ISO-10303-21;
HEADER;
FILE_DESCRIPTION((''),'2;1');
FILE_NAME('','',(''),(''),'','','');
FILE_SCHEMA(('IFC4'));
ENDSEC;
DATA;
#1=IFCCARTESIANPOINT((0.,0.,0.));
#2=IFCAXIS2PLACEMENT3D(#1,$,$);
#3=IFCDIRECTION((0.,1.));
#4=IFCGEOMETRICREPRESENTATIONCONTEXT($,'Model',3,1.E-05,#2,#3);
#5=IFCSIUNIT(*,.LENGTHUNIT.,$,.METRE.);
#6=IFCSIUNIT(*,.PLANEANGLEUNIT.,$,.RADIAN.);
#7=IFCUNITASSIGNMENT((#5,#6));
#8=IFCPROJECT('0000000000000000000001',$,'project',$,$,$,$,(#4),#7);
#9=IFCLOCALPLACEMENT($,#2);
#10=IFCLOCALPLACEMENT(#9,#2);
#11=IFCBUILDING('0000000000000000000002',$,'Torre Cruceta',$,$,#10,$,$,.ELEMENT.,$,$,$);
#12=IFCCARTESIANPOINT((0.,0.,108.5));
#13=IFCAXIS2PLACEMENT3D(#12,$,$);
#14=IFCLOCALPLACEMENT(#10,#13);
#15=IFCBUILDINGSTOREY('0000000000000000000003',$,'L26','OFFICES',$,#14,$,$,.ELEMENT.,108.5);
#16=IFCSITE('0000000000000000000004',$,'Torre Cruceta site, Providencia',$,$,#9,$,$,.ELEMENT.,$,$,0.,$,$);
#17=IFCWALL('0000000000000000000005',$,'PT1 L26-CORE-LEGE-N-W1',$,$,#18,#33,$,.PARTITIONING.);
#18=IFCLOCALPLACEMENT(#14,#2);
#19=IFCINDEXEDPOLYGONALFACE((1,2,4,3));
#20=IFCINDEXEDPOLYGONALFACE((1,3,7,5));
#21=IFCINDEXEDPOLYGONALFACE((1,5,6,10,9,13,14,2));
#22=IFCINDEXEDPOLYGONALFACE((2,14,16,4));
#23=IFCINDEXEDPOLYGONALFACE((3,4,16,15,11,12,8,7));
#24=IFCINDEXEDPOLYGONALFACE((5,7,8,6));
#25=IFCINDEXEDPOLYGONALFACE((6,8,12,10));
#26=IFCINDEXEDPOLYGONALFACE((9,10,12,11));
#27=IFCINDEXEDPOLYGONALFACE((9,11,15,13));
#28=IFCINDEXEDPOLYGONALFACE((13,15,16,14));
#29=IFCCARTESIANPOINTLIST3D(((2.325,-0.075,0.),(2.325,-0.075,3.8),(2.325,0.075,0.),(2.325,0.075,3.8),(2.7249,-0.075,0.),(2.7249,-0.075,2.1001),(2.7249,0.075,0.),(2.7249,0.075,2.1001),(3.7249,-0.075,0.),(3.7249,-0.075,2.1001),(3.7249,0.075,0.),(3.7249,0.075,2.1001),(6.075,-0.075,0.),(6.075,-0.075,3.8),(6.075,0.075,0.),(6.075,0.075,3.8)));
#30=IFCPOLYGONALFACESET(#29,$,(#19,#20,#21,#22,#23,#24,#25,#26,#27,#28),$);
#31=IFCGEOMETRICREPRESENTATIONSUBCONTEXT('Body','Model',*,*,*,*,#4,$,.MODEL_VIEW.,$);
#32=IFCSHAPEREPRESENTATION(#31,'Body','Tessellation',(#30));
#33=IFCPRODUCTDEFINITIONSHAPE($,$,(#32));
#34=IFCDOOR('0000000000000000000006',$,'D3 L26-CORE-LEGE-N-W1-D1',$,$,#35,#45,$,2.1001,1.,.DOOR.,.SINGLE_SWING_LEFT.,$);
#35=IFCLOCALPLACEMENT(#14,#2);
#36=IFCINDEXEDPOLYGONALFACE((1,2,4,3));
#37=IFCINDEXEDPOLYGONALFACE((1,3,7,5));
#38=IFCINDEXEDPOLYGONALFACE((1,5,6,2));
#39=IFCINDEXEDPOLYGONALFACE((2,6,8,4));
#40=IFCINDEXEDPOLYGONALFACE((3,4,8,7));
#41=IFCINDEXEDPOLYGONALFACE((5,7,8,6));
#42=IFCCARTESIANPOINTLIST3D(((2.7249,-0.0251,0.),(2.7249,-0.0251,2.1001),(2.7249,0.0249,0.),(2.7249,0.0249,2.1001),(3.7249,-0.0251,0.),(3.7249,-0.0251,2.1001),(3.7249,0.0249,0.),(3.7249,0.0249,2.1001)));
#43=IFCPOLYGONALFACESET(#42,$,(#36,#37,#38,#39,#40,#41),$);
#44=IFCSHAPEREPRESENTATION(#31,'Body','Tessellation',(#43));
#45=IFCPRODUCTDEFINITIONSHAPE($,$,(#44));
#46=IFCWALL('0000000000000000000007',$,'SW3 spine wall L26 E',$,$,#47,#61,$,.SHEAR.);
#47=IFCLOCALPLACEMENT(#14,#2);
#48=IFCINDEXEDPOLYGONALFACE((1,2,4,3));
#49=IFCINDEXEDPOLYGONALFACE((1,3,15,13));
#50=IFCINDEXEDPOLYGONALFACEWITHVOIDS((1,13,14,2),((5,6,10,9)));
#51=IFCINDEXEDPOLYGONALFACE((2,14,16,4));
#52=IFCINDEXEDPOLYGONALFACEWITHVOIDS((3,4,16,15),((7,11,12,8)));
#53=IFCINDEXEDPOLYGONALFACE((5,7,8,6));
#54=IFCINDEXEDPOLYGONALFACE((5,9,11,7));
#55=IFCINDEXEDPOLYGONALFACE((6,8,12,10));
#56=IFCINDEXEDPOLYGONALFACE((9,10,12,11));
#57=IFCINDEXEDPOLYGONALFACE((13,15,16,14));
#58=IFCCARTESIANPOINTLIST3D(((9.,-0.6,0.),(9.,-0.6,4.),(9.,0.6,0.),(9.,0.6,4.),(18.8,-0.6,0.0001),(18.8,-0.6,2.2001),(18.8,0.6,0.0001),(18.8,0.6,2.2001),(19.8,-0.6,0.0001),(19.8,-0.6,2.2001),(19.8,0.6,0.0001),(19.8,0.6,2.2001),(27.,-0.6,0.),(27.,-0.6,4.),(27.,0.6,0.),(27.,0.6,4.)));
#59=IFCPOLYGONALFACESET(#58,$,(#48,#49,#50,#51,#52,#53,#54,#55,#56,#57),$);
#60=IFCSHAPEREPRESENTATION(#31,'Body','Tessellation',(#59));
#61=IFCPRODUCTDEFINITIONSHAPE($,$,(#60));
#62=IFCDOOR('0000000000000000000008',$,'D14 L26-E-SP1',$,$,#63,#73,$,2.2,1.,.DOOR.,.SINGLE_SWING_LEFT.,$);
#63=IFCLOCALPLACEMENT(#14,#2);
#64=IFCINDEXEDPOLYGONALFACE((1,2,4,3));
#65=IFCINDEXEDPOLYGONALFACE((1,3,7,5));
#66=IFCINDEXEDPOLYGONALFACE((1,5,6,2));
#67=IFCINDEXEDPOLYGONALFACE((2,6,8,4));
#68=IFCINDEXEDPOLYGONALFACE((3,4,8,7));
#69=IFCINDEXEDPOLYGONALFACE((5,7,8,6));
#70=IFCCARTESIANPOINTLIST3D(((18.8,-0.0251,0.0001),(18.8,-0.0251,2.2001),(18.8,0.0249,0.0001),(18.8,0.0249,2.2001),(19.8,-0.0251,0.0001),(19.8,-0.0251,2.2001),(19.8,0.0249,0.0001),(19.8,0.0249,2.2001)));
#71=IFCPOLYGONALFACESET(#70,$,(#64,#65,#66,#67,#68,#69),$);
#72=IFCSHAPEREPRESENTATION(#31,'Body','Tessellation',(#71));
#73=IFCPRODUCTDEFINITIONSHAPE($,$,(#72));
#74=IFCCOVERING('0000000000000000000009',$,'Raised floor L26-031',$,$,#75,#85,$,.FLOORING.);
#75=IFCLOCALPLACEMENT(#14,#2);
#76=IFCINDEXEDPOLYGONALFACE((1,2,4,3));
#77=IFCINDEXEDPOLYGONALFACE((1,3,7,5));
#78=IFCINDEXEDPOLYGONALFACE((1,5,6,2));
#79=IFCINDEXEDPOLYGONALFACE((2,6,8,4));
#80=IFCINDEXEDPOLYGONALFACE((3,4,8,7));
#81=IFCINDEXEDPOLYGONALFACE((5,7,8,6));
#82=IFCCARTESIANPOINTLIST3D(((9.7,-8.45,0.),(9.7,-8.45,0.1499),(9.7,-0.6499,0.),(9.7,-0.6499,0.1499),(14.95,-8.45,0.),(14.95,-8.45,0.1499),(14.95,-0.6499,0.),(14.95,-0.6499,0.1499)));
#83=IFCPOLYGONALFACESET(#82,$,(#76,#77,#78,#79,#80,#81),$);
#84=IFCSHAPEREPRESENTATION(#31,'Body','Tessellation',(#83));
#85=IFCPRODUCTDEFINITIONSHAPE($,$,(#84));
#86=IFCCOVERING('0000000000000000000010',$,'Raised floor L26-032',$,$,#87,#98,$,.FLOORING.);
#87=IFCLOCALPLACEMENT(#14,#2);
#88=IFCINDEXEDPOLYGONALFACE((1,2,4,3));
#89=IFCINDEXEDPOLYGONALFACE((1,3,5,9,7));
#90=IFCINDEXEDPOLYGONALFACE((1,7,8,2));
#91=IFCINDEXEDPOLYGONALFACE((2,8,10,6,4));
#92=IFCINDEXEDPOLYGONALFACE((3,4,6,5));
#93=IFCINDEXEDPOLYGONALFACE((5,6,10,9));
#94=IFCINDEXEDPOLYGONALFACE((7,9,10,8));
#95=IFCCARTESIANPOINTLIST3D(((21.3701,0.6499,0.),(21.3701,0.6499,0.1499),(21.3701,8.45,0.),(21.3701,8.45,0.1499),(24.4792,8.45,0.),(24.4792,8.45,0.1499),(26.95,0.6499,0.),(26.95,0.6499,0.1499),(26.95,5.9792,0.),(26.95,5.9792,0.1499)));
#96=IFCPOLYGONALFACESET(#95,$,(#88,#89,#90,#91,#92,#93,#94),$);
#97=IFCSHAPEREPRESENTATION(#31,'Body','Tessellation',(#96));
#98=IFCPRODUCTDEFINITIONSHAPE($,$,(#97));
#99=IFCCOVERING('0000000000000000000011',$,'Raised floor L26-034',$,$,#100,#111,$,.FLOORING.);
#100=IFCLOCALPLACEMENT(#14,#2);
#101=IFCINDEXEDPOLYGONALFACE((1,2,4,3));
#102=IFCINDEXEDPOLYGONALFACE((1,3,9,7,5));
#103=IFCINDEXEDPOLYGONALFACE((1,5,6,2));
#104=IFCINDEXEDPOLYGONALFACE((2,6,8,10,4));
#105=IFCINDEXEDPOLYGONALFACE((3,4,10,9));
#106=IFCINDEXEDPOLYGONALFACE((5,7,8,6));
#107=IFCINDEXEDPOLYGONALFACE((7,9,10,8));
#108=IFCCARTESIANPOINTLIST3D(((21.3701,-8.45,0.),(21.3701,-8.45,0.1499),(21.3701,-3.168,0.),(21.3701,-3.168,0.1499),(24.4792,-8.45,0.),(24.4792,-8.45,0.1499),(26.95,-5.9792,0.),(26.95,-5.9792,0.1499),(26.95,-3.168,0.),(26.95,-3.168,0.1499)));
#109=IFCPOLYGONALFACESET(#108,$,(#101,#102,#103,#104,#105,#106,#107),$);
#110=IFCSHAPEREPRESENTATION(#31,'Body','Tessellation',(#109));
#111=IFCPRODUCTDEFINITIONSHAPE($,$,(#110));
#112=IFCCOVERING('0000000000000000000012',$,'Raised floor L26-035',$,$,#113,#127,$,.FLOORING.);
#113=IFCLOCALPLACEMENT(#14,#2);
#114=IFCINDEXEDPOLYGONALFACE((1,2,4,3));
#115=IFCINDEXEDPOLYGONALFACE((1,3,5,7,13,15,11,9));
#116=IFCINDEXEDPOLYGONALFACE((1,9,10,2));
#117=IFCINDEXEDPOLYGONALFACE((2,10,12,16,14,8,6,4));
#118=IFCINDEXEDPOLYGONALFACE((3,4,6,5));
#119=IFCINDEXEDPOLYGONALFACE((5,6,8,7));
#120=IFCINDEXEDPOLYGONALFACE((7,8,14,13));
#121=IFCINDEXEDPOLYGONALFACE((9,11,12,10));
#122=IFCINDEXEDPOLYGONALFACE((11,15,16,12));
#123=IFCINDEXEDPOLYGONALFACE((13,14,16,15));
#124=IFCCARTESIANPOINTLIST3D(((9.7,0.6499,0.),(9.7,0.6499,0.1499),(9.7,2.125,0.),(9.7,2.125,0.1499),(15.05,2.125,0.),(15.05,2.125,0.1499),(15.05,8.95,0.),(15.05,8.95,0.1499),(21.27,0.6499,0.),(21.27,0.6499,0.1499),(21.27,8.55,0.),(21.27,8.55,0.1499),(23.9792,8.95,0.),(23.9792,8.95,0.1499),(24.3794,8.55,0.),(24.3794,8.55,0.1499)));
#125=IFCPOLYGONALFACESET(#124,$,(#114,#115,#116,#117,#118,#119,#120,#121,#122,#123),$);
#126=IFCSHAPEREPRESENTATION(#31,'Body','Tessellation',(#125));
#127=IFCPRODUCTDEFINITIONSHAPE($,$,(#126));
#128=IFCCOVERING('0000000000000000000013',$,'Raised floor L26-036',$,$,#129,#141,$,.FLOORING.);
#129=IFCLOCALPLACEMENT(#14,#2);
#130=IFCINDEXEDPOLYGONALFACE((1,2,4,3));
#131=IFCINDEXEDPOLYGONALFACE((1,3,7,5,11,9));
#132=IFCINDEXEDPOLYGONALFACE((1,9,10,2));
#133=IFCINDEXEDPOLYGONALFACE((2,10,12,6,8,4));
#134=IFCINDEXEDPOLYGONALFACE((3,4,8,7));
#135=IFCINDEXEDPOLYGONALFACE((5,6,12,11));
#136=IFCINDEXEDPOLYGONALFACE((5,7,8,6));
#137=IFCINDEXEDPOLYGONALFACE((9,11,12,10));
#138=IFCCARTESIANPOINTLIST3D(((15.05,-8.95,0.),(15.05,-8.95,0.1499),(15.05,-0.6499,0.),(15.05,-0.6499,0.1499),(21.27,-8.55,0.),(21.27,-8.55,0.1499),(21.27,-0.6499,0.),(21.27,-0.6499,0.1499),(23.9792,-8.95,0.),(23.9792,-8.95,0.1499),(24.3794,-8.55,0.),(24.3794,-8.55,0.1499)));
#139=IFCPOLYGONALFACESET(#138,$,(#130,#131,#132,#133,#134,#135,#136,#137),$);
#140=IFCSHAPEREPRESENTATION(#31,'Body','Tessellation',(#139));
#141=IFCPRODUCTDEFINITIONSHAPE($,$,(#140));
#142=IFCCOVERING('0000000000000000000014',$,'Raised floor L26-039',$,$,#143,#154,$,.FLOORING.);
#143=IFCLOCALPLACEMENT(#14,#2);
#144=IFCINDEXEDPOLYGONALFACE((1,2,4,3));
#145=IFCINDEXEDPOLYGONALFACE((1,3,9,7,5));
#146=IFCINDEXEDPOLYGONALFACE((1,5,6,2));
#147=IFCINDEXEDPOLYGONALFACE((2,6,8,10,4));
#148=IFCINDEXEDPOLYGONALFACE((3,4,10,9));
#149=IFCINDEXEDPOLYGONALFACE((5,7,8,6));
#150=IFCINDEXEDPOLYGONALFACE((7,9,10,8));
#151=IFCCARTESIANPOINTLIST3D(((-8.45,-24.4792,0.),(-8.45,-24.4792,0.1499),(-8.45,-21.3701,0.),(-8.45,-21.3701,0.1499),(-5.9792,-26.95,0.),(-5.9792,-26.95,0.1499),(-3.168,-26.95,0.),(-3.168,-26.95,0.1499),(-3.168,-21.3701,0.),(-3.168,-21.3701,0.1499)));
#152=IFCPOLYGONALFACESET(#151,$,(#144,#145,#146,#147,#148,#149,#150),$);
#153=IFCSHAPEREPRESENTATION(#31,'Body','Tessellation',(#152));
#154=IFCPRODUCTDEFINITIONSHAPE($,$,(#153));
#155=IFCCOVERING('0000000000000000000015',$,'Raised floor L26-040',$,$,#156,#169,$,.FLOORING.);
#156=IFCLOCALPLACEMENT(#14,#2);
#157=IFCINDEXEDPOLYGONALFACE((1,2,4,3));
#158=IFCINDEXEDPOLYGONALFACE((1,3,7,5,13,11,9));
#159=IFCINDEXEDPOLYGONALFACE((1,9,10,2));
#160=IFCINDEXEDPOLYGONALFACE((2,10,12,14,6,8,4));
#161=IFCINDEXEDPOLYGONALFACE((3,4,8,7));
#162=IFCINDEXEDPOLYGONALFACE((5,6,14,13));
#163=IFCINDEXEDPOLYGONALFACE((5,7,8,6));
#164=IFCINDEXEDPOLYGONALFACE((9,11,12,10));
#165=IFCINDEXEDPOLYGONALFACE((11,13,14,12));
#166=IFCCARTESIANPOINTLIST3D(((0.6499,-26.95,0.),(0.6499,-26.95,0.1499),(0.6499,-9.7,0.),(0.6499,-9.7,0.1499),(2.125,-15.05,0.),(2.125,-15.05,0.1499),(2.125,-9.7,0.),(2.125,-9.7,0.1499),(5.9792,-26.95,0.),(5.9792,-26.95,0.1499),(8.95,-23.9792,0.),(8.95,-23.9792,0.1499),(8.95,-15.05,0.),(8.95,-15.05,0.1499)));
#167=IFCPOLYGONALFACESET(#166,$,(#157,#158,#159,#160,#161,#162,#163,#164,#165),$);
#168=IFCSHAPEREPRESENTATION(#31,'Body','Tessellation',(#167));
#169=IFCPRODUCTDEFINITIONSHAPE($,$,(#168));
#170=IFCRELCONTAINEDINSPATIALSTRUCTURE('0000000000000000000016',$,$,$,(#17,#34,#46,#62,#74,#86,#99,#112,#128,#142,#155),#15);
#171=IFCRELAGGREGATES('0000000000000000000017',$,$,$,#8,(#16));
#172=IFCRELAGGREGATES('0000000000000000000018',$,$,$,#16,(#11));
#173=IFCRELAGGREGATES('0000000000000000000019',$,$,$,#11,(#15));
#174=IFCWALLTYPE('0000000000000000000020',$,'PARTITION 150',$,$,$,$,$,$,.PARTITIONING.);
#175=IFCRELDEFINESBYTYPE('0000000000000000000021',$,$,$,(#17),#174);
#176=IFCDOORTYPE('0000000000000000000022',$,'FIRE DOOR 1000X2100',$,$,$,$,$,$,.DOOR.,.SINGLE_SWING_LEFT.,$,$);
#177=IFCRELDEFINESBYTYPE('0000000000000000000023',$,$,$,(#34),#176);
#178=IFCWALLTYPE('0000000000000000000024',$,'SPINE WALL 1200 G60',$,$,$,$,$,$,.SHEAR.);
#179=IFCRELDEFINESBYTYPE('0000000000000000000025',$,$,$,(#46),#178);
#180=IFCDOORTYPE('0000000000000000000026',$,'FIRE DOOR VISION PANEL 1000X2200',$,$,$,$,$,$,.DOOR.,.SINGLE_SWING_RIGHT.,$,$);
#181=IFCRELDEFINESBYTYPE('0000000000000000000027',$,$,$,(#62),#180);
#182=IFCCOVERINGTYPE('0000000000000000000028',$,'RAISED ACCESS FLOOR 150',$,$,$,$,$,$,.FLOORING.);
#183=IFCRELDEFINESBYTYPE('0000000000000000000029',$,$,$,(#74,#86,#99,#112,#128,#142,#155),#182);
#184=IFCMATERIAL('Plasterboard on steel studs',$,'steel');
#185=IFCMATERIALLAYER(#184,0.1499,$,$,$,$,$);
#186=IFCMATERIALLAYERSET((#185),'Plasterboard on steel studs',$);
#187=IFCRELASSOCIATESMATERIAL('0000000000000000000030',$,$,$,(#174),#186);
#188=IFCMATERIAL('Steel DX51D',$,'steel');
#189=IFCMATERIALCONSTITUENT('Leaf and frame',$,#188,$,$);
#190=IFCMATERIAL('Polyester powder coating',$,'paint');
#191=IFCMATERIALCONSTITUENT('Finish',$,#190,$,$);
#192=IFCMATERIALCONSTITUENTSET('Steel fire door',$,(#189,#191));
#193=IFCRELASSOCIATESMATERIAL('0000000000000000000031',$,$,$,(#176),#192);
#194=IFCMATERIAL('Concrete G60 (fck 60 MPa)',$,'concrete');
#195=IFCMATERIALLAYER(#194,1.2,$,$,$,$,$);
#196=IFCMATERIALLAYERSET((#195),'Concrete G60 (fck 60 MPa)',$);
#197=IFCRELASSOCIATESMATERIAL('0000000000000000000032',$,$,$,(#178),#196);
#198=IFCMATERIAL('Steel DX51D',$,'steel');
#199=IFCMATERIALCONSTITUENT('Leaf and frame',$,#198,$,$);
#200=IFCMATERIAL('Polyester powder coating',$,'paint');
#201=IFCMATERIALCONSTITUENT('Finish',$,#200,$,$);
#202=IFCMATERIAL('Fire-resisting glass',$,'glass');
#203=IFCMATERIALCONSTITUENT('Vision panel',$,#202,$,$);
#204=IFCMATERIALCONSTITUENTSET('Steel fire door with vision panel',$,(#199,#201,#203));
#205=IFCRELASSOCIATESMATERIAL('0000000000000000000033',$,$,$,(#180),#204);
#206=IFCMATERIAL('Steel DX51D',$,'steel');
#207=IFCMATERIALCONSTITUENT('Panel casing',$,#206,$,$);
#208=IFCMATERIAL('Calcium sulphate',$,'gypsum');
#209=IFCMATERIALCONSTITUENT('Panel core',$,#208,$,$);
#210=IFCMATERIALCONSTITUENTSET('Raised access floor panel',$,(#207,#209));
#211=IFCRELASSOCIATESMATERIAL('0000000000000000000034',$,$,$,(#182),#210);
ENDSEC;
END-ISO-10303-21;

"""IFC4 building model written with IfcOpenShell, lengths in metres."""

from ifc_helpers import new_model, si_unit, direction, frame, frame_2d, origin, place, context, subcontext, project, spatial, polyline, rectangle, outline, extrude, material, layer, layer_set, constituent, constituent_set, type_object, element, fill, save


model = new_model("IFC4")

# Units and contexts
model_context = context("Model", 3, precision=1e-05, world=origin(), true_north=direction((0.0, 1.0)))
body_context = subcontext(model_context, "Body", "Model", "MODEL_VIEW")
ifc_project = project(units=[si_unit("LENGTHUNIT", "METRE"), si_unit("PLANEANGLEUNIT", "RADIAN")], contexts=[model_context])

# Site, building, storey
site_placement = place(None, origin())
site = spatial("IfcSite", under=ifc_project, at=site_placement, Name="Torre Cruceta site, Providencia", CompositionType="ELEMENT", RefElevation=0.0)
building_placement = place(site_placement, origin())
building = spatial("IfcBuilding", under=site, at=building_placement, Name="Torre Cruceta", CompositionType="ELEMENT")
storey_placement = place(building_placement, frame((0.0, 0.0, 108.5)))
storey = spatial("IfcBuildingStorey", under=building, at=storey_placement, Name="L26", Description="OFFICES", CompositionType="ELEMENT", Elevation=108.5)

# Walls, openings, doors
ifc_material_1 = material(Name="Plasterboard on steel studs", Category="steel")
ifc_layer_1 = layer(ifc_material_1, 0.1499)
ifc_layer_set_1 = layer_set([ifc_layer_1], Name="Plasterboard on steel studs")
wall_type_1 = type_object("IfcWallType", Name="PARTITION 150", PredefinedType="PARTITIONING", material=ifc_layer_set_1)
wall_1_placement = place(storey_placement, frame((2.325, 0.0, 0.0), z_axis=(0.0, 0.0, 1.0), x_axis=(1.0, 0.0, 0.0)))
wall_1 = element("IfcWall", 1, at=wall_1_placement, inside=storey, type_object=wall_type_1, Name="PT1 L26-CORE-LEGE-N-W1", PredefinedType="PARTITIONING", context=body_context, shape_type="SweptSolid", body=[
    extrude(rectangle(XDim=3.75, YDim=0.1499, at=frame_2d((1.875, 0.0))), origin(), (0.0, 0.0, 1.0), 3.8),
])
opening_1_placement = place(wall_1_placement, frame((0.3999, 0.0, 0.0)))
opening_1 = element("IfcOpeningElement", 2, at=opening_1_placement, cuts=wall_1, PredefinedType="OPENING", context=body_context, shape_type="SweptSolid", body=[
    extrude(rectangle(XDim=1.0, YDim=2.1001, at=frame_2d((0.5, 1.05))), frame((0.0, 0.085, 0.0), z_axis=(0.0, -1.0, 0.0), x_axis=(1.0, 0.0, 0.0)), (0.0, 0.0, 1.0), 0.1699),
])
ifc_material_2 = material(Name="Steel DX51D", Category="steel")
ifc_constituent_1 = constituent(ifc_material_2, Name="Leaf and frame")
ifc_material_3 = material(Name="Polyester powder coating", Category="paint")
ifc_constituent_2 = constituent(ifc_material_3, Name="Finish")
ifc_constituent_set_1 = constituent_set(constituents=[ifc_constituent_1, ifc_constituent_2], Name="Steel fire door")
door_type_1 = type_object("IfcDoorType", Name="FIRE DOOR 1000X2100", OperationType="SINGLE_SWING_LEFT", PredefinedType="DOOR", material=ifc_constituent_set_1)
door_1_placement = place(opening_1_placement, origin())
door_1 = element("IfcDoor", 3, at=door_1_placement, inside=storey, type_object=door_type_1, Name="D3 L26-CORE-LEGE-N-W1-D1", OperationType="SINGLE_SWING_LEFT", OverallHeight=2.1001, OverallWidth=1.0, PredefinedType="DOOR", context=body_context, shape_type="SweptSolid", body=[
    extrude(rectangle(XDim=1.0, YDim=2.1001, at=frame_2d((0.5, 1.05))), frame((0.0, 0.0249, 0.0), z_axis=(0.0, -1.0, 0.0), x_axis=(1.0, 0.0, 0.0)), (0.0, 0.0, 1.0), 0.05),
])
fill(opening_1, door_1)
ifc_material_4 = material(Name="Concrete G60 (fck 60 MPa)", Category="concrete")
ifc_layer_2 = layer(ifc_material_4, 1.2)
ifc_layer_set_2 = layer_set([ifc_layer_2], Name="Concrete G60 (fck 60 MPa)")
wall_type_2 = type_object("IfcWallType", Name="SPINE WALL 1200 G60", PredefinedType="SHEAR", material=ifc_layer_set_2)
wall_2_placement = place(storey_placement, frame((9.0, 0.0, 0.0), z_axis=(0.0, 0.0, 1.0), x_axis=(1.0, 0.0, 0.0)))
wall_2 = element("IfcWall", 4, at=wall_2_placement, inside=storey, type_object=wall_type_2, Name="SW3 spine wall L26 E", PredefinedType="SHEAR", context=body_context, shape_type="SweptSolid", body=[
    extrude(rectangle(XDim=18.0, YDim=1.2, at=frame_2d((9.0, 0.0))), origin(), (0.0, 0.0, 1.0), 4.0),
])
opening_2_placement = place(wall_2_placement, frame((9.8, 0.0, 0.0)))
opening_2 = element("IfcOpeningElement", 5, at=opening_2_placement, cuts=wall_2, PredefinedType="OPENING", context=body_context, shape_type="SweptSolid", body=[
    extrude(rectangle(XDim=1.0, YDim=2.2, at=frame_2d((0.5, 1.1001))), frame((0.0, 0.6099, 0.0), z_axis=(0.0, -1.0, 0.0), x_axis=(1.0, 0.0, 0.0)), (0.0, 0.0, 1.0), 1.22),
])
ifc_material_5 = material(Name="Steel DX51D", Category="steel")
ifc_constituent_3 = constituent(ifc_material_5, Name="Leaf and frame")
ifc_material_6 = material(Name="Polyester powder coating", Category="paint")
ifc_constituent_4 = constituent(ifc_material_6, Name="Finish")
ifc_material_7 = material(Name="Fire-resisting glass", Category="glass")
ifc_constituent_5 = constituent(ifc_material_7, Name="Vision panel")
ifc_constituent_set_2 = constituent_set(constituents=[ifc_constituent_3, ifc_constituent_4, ifc_constituent_5], Name="Steel fire door with vision panel")
door_type_2 = type_object("IfcDoorType", Name="FIRE DOOR VISION PANEL 1000X2200", OperationType="SINGLE_SWING_RIGHT", PredefinedType="DOOR", material=ifc_constituent_set_2)
door_2_placement = place(opening_2_placement, frame((1.0, 0.0, 0.0), z_axis=(0.0, 0.0, 1.0), x_axis=(-1.0, 0.0, 0.0)))
door_2 = element("IfcDoor", 6, at=door_2_placement, inside=storey, type_object=door_type_2, Name="D14 L26-E-SP1", OperationType="SINGLE_SWING_LEFT", OverallHeight=2.2, OverallWidth=1.0, PredefinedType="DOOR", context=body_context, shape_type="SweptSolid", body=[
    extrude(rectangle(XDim=1.0, YDim=2.2, at=frame_2d((0.5, 1.1001))), frame((0.0, 0.0251, 0.0), z_axis=(0.0, -1.0, 0.0), x_axis=(1.0, 0.0, 0.0)), (0.0, 0.0, 1.0), 0.05),
])
fill(opening_2, door_2)

# Coverings
ifc_material_8 = material(Name="Steel DX51D", Category="steel")
ifc_constituent_6 = constituent(ifc_material_8, Name="Panel casing")
ifc_material_9 = material(Name="Calcium sulphate", Category="gypsum")
ifc_constituent_7 = constituent(ifc_material_9, Name="Panel core")
ifc_constituent_set_3 = constituent_set(constituents=[ifc_constituent_6, ifc_constituent_7], Name="Raised access floor panel")
covering_type_1 = type_object("IfcCoveringType", Name="RAISED ACCESS FLOOR 150", PredefinedType="FLOORING", material=ifc_constituent_set_3)
covering_1_placement = place(storey_placement, origin())
element("IfcCovering", 7, at=covering_1_placement, inside=storey, type_object=covering_type_1, Name="Raised floor L26-031", PredefinedType="FLOORING", context=body_context, shape_type="SweptSolid", body=[
    extrude(outline(polyline([(9.7, -8.45), (9.7, -0.6499), (14.95, -0.6499), (14.95, -8.45), (9.7, -8.45)])), origin(), (0.0, 0.0, 1.0), 0.1499),
])
covering_2_placement = place(storey_placement, origin())
element("IfcCovering", 8, at=covering_2_placement, inside=storey, type_object=covering_type_1, Name="Raised floor L26-032", PredefinedType="FLOORING", context=body_context, shape_type="SweptSolid", body=[
    extrude(outline(polyline([(26.95, 0.6499), (21.3701, 0.6499), (21.3701, 8.45), (24.4792, 8.45), (26.95, 5.9792), (26.95, 0.6499)])), origin(), (0.0, 0.0, 1.0), 0.1499),
])
covering_3_placement = place(storey_placement, origin())
element("IfcCovering", 9, at=covering_3_placement, inside=storey, type_object=covering_type_1, Name="Raised floor L26-034", PredefinedType="FLOORING", context=body_context, shape_type="SweptSolid", body=[
    extrude(outline(polyline([(24.4792, -8.45), (21.3701, -8.45), (21.3701, -3.168), (26.95, -3.168), (26.95, -5.9792), (24.4792, -8.45)])), origin(), (0.0, 0.0, 1.0), 0.1499),
])
covering_4_placement = place(storey_placement, origin())
element("IfcCovering", 10, at=covering_4_placement, inside=storey, type_object=covering_type_1, Name="Raised floor L26-035", PredefinedType="FLOORING", context=body_context, shape_type="SweptSolid", body=[
    extrude(outline(polyline([(9.7, 2.125), (15.05, 2.125), (15.05, 8.95), (23.9792, 8.95), (24.3794, 8.55), (21.27, 8.55), (21.27, 0.6499), (9.7, 0.6499), (9.7, 2.125)])), origin(), (0.0, 0.0, 1.0), 0.1499),
])
covering_5_placement = place(storey_placement, origin())
element("IfcCovering", 11, at=covering_5_placement, inside=storey, type_object=covering_type_1, Name="Raised floor L26-036", PredefinedType="FLOORING", context=body_context, shape_type="SweptSolid", body=[
    extrude(outline(polyline([(15.05, -8.95), (15.05, -0.6499), (21.27, -0.6499), (21.27, -8.55), (24.3794, -8.55), (23.9792, -8.95), (15.05, -8.95)])), origin(), (0.0, 0.0, 1.0), 0.1499),
])
covering_6_placement = place(storey_placement, origin())
element("IfcCovering", 12, at=covering_6_placement, inside=storey, type_object=covering_type_1, Name="Raised floor L26-039", PredefinedType="FLOORING", context=body_context, shape_type="SweptSolid", body=[
    extrude(outline(polyline([(-8.45, -24.4792), (-8.45, -21.3701), (-3.168, -21.3701), (-3.168, -26.95), (-5.9792, -26.95), (-8.45, -24.4792)])), origin(), (0.0, 0.0, 1.0), 0.1499),
])
covering_7_placement = place(storey_placement, origin())
element("IfcCovering", 13, at=covering_7_placement, inside=storey, type_object=covering_type_1, Name="Raised floor L26-040", PredefinedType="FLOORING", context=body_context, shape_type="SweptSolid", body=[
    extrude(outline(polyline([(0.6499, -26.95), (0.6499, -9.7), (2.125, -9.7), (2.125, -15.05), (8.95, -15.05), (8.95, -23.9792), (5.9792, -26.95), (0.6499, -26.95)])), origin(), (0.0, 0.0, 1.0), 0.1499),
])

save(model, "model.ifc")
